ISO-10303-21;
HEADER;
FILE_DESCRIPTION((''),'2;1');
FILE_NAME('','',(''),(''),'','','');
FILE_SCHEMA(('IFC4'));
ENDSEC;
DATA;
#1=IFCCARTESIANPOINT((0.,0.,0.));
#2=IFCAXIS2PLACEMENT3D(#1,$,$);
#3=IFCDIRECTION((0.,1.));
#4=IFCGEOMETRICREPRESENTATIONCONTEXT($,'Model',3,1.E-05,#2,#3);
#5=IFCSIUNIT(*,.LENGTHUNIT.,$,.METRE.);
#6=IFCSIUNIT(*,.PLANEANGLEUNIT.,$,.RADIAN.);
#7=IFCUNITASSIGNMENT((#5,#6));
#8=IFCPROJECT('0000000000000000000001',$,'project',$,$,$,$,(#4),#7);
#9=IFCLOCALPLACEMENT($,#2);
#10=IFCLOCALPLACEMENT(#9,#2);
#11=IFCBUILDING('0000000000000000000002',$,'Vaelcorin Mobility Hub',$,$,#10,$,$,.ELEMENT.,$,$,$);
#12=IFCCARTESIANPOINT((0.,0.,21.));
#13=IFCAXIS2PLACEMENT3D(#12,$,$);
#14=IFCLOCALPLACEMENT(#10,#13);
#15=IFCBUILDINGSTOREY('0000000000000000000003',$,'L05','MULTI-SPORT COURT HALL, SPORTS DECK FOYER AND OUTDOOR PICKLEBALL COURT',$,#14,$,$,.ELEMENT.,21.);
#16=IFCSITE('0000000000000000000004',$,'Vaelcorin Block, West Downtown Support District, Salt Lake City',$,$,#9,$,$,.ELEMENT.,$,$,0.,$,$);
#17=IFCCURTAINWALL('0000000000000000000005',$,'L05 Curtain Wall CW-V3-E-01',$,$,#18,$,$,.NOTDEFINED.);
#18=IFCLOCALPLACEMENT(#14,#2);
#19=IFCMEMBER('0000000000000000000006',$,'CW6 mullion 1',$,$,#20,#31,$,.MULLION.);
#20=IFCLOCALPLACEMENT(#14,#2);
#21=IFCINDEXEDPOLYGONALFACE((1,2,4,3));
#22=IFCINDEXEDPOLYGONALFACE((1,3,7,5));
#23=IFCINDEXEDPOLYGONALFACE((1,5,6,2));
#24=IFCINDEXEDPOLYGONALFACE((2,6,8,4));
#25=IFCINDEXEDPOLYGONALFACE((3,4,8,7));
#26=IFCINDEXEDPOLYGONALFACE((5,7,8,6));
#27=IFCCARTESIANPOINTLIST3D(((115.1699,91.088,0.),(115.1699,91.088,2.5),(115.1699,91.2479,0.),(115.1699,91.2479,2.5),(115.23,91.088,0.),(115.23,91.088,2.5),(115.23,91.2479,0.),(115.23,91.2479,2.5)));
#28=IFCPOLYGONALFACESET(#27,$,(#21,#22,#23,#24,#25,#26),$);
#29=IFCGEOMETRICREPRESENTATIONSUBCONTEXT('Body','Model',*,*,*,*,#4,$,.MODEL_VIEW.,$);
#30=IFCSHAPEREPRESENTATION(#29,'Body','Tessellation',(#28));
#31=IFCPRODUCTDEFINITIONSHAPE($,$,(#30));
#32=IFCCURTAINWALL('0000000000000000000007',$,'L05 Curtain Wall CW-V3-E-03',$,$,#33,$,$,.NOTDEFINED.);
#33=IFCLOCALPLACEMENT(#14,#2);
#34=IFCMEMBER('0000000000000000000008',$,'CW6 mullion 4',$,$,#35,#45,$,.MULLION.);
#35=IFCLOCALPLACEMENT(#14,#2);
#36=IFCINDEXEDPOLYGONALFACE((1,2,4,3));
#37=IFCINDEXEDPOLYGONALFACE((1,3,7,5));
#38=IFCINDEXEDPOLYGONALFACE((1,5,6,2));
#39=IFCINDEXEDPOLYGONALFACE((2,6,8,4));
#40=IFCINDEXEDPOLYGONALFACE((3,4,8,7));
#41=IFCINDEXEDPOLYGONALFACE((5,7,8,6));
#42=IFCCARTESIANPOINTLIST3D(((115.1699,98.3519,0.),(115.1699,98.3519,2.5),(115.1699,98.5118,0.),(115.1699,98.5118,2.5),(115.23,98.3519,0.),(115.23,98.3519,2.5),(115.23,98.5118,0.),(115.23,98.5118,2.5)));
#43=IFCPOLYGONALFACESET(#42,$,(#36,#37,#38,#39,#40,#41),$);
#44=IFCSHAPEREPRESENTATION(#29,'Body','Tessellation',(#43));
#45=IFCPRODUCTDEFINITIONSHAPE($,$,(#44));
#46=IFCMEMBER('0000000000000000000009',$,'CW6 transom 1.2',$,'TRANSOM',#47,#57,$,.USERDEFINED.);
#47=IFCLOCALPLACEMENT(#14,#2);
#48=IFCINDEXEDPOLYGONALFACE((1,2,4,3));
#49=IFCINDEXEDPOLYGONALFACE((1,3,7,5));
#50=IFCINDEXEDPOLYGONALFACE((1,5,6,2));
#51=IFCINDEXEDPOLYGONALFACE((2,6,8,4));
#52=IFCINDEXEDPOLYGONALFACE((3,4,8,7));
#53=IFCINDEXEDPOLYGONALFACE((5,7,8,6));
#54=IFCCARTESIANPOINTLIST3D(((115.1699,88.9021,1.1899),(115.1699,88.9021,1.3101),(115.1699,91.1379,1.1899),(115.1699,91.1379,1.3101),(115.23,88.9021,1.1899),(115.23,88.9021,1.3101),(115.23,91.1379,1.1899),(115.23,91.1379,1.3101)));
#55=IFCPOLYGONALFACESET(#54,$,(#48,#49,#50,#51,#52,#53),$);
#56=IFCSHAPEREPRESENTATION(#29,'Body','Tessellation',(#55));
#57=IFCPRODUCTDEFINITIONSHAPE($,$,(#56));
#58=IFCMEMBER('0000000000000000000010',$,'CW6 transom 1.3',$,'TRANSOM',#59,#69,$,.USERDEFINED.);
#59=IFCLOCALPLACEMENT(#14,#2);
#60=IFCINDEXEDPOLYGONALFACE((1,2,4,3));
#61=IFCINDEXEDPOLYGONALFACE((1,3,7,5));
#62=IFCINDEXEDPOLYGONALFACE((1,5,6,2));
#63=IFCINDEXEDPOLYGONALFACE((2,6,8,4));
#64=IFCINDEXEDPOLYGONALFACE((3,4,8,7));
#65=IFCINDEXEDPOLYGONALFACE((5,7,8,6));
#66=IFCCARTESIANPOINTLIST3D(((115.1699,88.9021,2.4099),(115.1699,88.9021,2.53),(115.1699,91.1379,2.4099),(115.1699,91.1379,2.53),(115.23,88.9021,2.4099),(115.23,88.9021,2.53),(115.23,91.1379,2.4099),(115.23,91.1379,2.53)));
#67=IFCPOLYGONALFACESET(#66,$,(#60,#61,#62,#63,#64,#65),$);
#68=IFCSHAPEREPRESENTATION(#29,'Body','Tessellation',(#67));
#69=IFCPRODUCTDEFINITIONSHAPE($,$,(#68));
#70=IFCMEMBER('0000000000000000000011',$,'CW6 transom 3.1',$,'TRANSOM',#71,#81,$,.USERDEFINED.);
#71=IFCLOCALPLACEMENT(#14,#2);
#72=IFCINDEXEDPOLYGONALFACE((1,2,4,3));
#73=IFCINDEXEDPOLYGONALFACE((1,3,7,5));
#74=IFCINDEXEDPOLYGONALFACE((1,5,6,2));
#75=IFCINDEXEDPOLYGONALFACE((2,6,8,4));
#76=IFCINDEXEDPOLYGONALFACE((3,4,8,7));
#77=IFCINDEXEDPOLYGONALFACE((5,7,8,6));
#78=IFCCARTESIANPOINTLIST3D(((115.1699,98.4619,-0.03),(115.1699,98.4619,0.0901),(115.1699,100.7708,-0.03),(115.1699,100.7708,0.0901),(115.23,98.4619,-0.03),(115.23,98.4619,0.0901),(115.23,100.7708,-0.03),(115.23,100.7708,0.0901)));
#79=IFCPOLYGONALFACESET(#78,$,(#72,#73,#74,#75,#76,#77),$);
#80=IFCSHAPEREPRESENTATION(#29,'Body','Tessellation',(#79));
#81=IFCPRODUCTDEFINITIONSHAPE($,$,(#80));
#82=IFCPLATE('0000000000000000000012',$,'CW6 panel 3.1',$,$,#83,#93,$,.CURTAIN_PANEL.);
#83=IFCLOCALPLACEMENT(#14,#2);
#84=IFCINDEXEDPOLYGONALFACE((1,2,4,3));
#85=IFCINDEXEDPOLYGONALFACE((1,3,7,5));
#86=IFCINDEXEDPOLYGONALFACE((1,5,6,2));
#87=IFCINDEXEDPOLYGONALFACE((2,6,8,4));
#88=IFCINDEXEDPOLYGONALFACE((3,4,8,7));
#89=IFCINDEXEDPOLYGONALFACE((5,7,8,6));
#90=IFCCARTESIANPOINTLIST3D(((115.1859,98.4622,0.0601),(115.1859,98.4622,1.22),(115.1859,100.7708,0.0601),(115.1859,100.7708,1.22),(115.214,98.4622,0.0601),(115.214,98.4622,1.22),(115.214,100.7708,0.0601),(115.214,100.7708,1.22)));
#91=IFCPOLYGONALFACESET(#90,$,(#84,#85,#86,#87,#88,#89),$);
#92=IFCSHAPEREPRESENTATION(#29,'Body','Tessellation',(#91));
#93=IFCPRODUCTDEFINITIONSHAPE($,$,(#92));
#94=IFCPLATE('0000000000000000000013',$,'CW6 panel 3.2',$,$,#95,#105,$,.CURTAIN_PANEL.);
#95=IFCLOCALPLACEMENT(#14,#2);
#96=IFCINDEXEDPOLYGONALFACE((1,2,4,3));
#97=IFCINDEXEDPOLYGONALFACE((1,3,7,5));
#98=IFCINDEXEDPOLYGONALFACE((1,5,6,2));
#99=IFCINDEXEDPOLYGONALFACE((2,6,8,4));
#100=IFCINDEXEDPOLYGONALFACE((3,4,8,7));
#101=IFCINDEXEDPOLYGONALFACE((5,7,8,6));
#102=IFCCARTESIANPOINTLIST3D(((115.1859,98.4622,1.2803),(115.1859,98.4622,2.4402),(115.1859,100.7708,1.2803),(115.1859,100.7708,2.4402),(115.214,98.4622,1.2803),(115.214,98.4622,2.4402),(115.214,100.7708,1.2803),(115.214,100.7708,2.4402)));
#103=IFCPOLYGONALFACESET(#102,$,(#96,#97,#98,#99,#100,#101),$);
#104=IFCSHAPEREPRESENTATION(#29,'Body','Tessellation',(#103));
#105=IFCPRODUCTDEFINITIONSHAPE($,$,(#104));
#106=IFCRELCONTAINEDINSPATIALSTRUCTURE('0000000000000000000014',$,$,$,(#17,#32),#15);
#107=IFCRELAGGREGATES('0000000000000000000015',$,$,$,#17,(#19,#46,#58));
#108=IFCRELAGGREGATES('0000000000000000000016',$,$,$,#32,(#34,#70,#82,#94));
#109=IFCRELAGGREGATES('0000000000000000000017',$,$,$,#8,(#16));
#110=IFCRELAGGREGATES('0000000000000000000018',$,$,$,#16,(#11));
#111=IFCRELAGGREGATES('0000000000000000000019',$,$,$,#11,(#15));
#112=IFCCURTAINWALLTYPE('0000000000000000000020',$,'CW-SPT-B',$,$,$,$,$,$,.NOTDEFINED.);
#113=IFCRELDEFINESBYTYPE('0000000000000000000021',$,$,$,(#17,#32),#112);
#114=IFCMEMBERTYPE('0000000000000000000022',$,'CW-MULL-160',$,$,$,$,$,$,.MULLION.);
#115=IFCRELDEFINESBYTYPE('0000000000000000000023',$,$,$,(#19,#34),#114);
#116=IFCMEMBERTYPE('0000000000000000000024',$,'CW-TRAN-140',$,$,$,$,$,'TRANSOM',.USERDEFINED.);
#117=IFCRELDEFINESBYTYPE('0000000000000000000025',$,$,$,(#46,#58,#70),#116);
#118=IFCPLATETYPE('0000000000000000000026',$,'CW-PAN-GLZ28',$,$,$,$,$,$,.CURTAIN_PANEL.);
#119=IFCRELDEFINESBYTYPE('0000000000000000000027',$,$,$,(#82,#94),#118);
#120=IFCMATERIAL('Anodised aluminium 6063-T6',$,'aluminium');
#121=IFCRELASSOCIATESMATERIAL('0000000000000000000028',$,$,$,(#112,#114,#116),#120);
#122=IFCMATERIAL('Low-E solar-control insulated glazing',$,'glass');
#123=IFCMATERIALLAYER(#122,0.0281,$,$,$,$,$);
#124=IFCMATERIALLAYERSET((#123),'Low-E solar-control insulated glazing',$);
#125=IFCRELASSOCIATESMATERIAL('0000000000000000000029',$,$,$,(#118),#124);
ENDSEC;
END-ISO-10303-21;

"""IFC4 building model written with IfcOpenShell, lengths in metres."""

from ifc_helpers import new_model, si_unit, direction, frame, origin, origin_2d, place, context, subcontext, project, spatial, rectangle, extrude, material, layer, layer_set, material_profile, profile_set, type_object, element, aggregate, save


model = new_model("IFC4")

# Units and contexts
model_context = context("Model", 3, precision=1e-05, world=origin(), true_north=direction((0.0, 1.0)))
body_context = subcontext(model_context, "Body", "Model", "MODEL_VIEW")
ifc_project = project(units=[si_unit("LENGTHUNIT", "METRE"), si_unit("PLANEANGLEUNIT", "RADIAN")], contexts=[model_context])

# Site, building, storey
site_placement = place(None, origin())
site = spatial("IfcSite", under=ifc_project, at=site_placement, Name="Vaelcorin Block, West Downtown Support District, Salt Lake City", CompositionType="ELEMENT", RefElevation=0.0)
building_placement = place(site_placement, origin())
building = spatial("IfcBuilding", under=site, at=building_placement, Name="Vaelcorin Mobility Hub", CompositionType="ELEMENT")
storey_placement = place(building_placement, frame((0.0, 0.0, 21.0)))
storey = spatial("IfcBuildingStorey", under=building, at=storey_placement, Name="L05", Description="MULTI-SPORT COURT HALL, SPORTS DECK FOYER AND OUTDOOR PICKLEBALL COURT", CompositionType="ELEMENT", Elevation=21.0)

# Curtain walls, members
ifc_material_1 = material(Name="Anodised aluminium 6063-T6", Category="aluminium")
curtain_wall_type = type_object("IfcCurtainWallType", Name="CW-SPT-B", PredefinedType="NOTDEFINED", material=ifc_material_1)
curtain_wall_1_placement = place(storey_placement, origin())
curtain_wall_1 = element("IfcCurtainWall", 1, at=curtain_wall_1_placement, inside=storey, type_object=curtain_wall_type, Name="L05 Curtain Wall CW-V3-E-01", PredefinedType="NOTDEFINED")
ifc_material_profile_1 = material_profile(ifc_material_1, rectangle(XDim=0.0601, YDim=0.1599, at=origin_2d()), Name="ALU-M60X160")
ifc_profile_set_1 = profile_set([ifc_material_profile_1], Name="Anodised aluminium 6063-T6")
member_type_1 = type_object("IfcMemberType", Name="CW-MULL-160", PredefinedType="MULLION", material=ifc_profile_set_1)
member_1_placement = place(storey_placement, frame((115.2, 91.168, 0.0), z_axis=(0.0, 0.0, 1.0), x_axis=(1.0, 0.0, 0.0)))
member_1 = element("IfcMember", 2, at=member_1_placement, type_object=member_type_1, Name="CW6 mullion 1", PredefinedType="MULLION", context=body_context, shape_type="SweptSolid", body=[
    extrude(rectangle(XDim=0.0601, YDim=0.1599, at=origin_2d()), origin(), (0.0, 0.0, 1.0), 2.5),
])
curtain_wall_2_placement = place(storey_placement, origin())
curtain_wall_2 = element("IfcCurtainWall", 3, at=curtain_wall_2_placement, inside=storey, type_object=curtain_wall_type, Name="L05 Curtain Wall CW-V3-E-03", PredefinedType="NOTDEFINED")
member_2_placement = place(storey_placement, frame((115.2, 98.4319, 0.0), z_axis=(0.0, 0.0, 1.0), x_axis=(1.0, 0.0, 0.0)))
member_2 = element("IfcMember", 4, at=member_2_placement, type_object=member_type_1, Name="CW6 mullion 4", PredefinedType="MULLION", context=body_context, shape_type="SweptSolid", body=[
    extrude(rectangle(XDim=0.0601, YDim=0.1599, at=origin_2d()), origin(), (0.0, 0.0, 1.0), 2.5),
])

# Members
ifc_material_profile_2 = material_profile(ifc_material_1, rectangle(XDim=0.0601, YDim=0.1201, at=origin_2d()), Name="ALU-T60X120")
ifc_profile_set_2 = profile_set([ifc_material_profile_2], Name="Anodised aluminium 6063-T6")
member_type_2 = type_object("IfcMemberType", Name="CW-TRAN-140", ElementType="TRANSOM", PredefinedType="USERDEFINED", material=ifc_profile_set_2)
member_3_placement = place(storey_placement, frame((115.2, 91.1379, 1.25), z_axis=(0.0, -1.0, 0.0), x_axis=(1.0, 0.0, 0.0)))
member_3 = element("IfcMember", 5, at=member_3_placement, type_object=member_type_2, Name="CW6 transom 1.2", ObjectType="TRANSOM", PredefinedType="USERDEFINED", context=body_context, shape_type="SweptSolid", body=[
    extrude(rectangle(XDim=0.0601, YDim=0.1201, at=origin_2d()), origin(), (0.0, 0.0, 1.0), 2.2358),
])
member_4_placement = place(storey_placement, frame((115.2, 91.1379, 2.47), z_axis=(0.0, -1.0, 0.0), x_axis=(1.0, 0.0, 0.0)))
member_4 = element("IfcMember", 6, at=member_4_placement, type_object=member_type_2, Name="CW6 transom 1.3", ObjectType="TRANSOM", PredefinedType="USERDEFINED", context=body_context, shape_type="SweptSolid", body=[
    extrude(rectangle(XDim=0.0601, YDim=0.1201, at=origin_2d()), origin(), (0.0, 0.0, 1.0), 2.2358),
])
aggregate(curtain_wall_1, [member_1, member_3, member_4])
member_5_placement = place(storey_placement, frame((115.2, 100.7708, 0.03), z_axis=(0.0, -1.0, 0.0), x_axis=(1.0, 0.0, 0.0)))
member_5 = element("IfcMember", 7, at=member_5_placement, type_object=member_type_2, Name="CW6 transom 3.1", ObjectType="TRANSOM", PredefinedType="USERDEFINED", context=body_context, shape_type="SweptSolid", body=[
    extrude(rectangle(XDim=0.0601, YDim=0.1201, at=origin_2d()), origin(), (0.0, 0.0, 1.0), 2.3088),
])

# Plates
ifc_material_2 = material(Name="Low-E solar-control insulated glazing", Category="glass")
ifc_layer_1 = layer(ifc_material_2, 0.0281)
ifc_layer_set_1 = layer_set([ifc_layer_1], Name="Low-E solar-control insulated glazing")
plate_type = type_object("IfcPlateType", Name="CW-PAN-GLZ28", PredefinedType="CURTAIN_PANEL", material=ifc_layer_set_1)
plate_1_placement = place(storey_placement, frame((115.2, 99.6165, 0.0601), z_axis=(0.0, 0.0, 1.0), x_axis=(0.0, -1.0, 0.0)))
plate_1 = element("IfcPlate", 8, at=plate_1_placement, type_object=plate_type, Name="CW6 panel 3.1", PredefinedType="CURTAIN_PANEL", context=body_context, shape_type="SweptSolid", body=[
    extrude(rectangle(XDim=2.3086, YDim=0.0281, at=origin_2d()), origin(), (0.0, 0.0, 1.0), 1.1599),
])
plate_2_placement = place(storey_placement, frame((115.2, 99.6165, 1.2803), z_axis=(0.0, 0.0, 1.0), x_axis=(0.0, -1.0, 0.0)))
plate_2 = element("IfcPlate", 9, at=plate_2_placement, type_object=plate_type, Name="CW6 panel 3.2", PredefinedType="CURTAIN_PANEL", context=body_context, shape_type="SweptSolid", body=[
    extrude(rectangle(XDim=2.3086, YDim=0.0281, at=origin_2d()), origin(), (0.0, 0.0, 1.0), 1.1599),
])
aggregate(curtain_wall_2, [member_2, member_5, plate_1, plate_2])

save(model, "model.ifc")
